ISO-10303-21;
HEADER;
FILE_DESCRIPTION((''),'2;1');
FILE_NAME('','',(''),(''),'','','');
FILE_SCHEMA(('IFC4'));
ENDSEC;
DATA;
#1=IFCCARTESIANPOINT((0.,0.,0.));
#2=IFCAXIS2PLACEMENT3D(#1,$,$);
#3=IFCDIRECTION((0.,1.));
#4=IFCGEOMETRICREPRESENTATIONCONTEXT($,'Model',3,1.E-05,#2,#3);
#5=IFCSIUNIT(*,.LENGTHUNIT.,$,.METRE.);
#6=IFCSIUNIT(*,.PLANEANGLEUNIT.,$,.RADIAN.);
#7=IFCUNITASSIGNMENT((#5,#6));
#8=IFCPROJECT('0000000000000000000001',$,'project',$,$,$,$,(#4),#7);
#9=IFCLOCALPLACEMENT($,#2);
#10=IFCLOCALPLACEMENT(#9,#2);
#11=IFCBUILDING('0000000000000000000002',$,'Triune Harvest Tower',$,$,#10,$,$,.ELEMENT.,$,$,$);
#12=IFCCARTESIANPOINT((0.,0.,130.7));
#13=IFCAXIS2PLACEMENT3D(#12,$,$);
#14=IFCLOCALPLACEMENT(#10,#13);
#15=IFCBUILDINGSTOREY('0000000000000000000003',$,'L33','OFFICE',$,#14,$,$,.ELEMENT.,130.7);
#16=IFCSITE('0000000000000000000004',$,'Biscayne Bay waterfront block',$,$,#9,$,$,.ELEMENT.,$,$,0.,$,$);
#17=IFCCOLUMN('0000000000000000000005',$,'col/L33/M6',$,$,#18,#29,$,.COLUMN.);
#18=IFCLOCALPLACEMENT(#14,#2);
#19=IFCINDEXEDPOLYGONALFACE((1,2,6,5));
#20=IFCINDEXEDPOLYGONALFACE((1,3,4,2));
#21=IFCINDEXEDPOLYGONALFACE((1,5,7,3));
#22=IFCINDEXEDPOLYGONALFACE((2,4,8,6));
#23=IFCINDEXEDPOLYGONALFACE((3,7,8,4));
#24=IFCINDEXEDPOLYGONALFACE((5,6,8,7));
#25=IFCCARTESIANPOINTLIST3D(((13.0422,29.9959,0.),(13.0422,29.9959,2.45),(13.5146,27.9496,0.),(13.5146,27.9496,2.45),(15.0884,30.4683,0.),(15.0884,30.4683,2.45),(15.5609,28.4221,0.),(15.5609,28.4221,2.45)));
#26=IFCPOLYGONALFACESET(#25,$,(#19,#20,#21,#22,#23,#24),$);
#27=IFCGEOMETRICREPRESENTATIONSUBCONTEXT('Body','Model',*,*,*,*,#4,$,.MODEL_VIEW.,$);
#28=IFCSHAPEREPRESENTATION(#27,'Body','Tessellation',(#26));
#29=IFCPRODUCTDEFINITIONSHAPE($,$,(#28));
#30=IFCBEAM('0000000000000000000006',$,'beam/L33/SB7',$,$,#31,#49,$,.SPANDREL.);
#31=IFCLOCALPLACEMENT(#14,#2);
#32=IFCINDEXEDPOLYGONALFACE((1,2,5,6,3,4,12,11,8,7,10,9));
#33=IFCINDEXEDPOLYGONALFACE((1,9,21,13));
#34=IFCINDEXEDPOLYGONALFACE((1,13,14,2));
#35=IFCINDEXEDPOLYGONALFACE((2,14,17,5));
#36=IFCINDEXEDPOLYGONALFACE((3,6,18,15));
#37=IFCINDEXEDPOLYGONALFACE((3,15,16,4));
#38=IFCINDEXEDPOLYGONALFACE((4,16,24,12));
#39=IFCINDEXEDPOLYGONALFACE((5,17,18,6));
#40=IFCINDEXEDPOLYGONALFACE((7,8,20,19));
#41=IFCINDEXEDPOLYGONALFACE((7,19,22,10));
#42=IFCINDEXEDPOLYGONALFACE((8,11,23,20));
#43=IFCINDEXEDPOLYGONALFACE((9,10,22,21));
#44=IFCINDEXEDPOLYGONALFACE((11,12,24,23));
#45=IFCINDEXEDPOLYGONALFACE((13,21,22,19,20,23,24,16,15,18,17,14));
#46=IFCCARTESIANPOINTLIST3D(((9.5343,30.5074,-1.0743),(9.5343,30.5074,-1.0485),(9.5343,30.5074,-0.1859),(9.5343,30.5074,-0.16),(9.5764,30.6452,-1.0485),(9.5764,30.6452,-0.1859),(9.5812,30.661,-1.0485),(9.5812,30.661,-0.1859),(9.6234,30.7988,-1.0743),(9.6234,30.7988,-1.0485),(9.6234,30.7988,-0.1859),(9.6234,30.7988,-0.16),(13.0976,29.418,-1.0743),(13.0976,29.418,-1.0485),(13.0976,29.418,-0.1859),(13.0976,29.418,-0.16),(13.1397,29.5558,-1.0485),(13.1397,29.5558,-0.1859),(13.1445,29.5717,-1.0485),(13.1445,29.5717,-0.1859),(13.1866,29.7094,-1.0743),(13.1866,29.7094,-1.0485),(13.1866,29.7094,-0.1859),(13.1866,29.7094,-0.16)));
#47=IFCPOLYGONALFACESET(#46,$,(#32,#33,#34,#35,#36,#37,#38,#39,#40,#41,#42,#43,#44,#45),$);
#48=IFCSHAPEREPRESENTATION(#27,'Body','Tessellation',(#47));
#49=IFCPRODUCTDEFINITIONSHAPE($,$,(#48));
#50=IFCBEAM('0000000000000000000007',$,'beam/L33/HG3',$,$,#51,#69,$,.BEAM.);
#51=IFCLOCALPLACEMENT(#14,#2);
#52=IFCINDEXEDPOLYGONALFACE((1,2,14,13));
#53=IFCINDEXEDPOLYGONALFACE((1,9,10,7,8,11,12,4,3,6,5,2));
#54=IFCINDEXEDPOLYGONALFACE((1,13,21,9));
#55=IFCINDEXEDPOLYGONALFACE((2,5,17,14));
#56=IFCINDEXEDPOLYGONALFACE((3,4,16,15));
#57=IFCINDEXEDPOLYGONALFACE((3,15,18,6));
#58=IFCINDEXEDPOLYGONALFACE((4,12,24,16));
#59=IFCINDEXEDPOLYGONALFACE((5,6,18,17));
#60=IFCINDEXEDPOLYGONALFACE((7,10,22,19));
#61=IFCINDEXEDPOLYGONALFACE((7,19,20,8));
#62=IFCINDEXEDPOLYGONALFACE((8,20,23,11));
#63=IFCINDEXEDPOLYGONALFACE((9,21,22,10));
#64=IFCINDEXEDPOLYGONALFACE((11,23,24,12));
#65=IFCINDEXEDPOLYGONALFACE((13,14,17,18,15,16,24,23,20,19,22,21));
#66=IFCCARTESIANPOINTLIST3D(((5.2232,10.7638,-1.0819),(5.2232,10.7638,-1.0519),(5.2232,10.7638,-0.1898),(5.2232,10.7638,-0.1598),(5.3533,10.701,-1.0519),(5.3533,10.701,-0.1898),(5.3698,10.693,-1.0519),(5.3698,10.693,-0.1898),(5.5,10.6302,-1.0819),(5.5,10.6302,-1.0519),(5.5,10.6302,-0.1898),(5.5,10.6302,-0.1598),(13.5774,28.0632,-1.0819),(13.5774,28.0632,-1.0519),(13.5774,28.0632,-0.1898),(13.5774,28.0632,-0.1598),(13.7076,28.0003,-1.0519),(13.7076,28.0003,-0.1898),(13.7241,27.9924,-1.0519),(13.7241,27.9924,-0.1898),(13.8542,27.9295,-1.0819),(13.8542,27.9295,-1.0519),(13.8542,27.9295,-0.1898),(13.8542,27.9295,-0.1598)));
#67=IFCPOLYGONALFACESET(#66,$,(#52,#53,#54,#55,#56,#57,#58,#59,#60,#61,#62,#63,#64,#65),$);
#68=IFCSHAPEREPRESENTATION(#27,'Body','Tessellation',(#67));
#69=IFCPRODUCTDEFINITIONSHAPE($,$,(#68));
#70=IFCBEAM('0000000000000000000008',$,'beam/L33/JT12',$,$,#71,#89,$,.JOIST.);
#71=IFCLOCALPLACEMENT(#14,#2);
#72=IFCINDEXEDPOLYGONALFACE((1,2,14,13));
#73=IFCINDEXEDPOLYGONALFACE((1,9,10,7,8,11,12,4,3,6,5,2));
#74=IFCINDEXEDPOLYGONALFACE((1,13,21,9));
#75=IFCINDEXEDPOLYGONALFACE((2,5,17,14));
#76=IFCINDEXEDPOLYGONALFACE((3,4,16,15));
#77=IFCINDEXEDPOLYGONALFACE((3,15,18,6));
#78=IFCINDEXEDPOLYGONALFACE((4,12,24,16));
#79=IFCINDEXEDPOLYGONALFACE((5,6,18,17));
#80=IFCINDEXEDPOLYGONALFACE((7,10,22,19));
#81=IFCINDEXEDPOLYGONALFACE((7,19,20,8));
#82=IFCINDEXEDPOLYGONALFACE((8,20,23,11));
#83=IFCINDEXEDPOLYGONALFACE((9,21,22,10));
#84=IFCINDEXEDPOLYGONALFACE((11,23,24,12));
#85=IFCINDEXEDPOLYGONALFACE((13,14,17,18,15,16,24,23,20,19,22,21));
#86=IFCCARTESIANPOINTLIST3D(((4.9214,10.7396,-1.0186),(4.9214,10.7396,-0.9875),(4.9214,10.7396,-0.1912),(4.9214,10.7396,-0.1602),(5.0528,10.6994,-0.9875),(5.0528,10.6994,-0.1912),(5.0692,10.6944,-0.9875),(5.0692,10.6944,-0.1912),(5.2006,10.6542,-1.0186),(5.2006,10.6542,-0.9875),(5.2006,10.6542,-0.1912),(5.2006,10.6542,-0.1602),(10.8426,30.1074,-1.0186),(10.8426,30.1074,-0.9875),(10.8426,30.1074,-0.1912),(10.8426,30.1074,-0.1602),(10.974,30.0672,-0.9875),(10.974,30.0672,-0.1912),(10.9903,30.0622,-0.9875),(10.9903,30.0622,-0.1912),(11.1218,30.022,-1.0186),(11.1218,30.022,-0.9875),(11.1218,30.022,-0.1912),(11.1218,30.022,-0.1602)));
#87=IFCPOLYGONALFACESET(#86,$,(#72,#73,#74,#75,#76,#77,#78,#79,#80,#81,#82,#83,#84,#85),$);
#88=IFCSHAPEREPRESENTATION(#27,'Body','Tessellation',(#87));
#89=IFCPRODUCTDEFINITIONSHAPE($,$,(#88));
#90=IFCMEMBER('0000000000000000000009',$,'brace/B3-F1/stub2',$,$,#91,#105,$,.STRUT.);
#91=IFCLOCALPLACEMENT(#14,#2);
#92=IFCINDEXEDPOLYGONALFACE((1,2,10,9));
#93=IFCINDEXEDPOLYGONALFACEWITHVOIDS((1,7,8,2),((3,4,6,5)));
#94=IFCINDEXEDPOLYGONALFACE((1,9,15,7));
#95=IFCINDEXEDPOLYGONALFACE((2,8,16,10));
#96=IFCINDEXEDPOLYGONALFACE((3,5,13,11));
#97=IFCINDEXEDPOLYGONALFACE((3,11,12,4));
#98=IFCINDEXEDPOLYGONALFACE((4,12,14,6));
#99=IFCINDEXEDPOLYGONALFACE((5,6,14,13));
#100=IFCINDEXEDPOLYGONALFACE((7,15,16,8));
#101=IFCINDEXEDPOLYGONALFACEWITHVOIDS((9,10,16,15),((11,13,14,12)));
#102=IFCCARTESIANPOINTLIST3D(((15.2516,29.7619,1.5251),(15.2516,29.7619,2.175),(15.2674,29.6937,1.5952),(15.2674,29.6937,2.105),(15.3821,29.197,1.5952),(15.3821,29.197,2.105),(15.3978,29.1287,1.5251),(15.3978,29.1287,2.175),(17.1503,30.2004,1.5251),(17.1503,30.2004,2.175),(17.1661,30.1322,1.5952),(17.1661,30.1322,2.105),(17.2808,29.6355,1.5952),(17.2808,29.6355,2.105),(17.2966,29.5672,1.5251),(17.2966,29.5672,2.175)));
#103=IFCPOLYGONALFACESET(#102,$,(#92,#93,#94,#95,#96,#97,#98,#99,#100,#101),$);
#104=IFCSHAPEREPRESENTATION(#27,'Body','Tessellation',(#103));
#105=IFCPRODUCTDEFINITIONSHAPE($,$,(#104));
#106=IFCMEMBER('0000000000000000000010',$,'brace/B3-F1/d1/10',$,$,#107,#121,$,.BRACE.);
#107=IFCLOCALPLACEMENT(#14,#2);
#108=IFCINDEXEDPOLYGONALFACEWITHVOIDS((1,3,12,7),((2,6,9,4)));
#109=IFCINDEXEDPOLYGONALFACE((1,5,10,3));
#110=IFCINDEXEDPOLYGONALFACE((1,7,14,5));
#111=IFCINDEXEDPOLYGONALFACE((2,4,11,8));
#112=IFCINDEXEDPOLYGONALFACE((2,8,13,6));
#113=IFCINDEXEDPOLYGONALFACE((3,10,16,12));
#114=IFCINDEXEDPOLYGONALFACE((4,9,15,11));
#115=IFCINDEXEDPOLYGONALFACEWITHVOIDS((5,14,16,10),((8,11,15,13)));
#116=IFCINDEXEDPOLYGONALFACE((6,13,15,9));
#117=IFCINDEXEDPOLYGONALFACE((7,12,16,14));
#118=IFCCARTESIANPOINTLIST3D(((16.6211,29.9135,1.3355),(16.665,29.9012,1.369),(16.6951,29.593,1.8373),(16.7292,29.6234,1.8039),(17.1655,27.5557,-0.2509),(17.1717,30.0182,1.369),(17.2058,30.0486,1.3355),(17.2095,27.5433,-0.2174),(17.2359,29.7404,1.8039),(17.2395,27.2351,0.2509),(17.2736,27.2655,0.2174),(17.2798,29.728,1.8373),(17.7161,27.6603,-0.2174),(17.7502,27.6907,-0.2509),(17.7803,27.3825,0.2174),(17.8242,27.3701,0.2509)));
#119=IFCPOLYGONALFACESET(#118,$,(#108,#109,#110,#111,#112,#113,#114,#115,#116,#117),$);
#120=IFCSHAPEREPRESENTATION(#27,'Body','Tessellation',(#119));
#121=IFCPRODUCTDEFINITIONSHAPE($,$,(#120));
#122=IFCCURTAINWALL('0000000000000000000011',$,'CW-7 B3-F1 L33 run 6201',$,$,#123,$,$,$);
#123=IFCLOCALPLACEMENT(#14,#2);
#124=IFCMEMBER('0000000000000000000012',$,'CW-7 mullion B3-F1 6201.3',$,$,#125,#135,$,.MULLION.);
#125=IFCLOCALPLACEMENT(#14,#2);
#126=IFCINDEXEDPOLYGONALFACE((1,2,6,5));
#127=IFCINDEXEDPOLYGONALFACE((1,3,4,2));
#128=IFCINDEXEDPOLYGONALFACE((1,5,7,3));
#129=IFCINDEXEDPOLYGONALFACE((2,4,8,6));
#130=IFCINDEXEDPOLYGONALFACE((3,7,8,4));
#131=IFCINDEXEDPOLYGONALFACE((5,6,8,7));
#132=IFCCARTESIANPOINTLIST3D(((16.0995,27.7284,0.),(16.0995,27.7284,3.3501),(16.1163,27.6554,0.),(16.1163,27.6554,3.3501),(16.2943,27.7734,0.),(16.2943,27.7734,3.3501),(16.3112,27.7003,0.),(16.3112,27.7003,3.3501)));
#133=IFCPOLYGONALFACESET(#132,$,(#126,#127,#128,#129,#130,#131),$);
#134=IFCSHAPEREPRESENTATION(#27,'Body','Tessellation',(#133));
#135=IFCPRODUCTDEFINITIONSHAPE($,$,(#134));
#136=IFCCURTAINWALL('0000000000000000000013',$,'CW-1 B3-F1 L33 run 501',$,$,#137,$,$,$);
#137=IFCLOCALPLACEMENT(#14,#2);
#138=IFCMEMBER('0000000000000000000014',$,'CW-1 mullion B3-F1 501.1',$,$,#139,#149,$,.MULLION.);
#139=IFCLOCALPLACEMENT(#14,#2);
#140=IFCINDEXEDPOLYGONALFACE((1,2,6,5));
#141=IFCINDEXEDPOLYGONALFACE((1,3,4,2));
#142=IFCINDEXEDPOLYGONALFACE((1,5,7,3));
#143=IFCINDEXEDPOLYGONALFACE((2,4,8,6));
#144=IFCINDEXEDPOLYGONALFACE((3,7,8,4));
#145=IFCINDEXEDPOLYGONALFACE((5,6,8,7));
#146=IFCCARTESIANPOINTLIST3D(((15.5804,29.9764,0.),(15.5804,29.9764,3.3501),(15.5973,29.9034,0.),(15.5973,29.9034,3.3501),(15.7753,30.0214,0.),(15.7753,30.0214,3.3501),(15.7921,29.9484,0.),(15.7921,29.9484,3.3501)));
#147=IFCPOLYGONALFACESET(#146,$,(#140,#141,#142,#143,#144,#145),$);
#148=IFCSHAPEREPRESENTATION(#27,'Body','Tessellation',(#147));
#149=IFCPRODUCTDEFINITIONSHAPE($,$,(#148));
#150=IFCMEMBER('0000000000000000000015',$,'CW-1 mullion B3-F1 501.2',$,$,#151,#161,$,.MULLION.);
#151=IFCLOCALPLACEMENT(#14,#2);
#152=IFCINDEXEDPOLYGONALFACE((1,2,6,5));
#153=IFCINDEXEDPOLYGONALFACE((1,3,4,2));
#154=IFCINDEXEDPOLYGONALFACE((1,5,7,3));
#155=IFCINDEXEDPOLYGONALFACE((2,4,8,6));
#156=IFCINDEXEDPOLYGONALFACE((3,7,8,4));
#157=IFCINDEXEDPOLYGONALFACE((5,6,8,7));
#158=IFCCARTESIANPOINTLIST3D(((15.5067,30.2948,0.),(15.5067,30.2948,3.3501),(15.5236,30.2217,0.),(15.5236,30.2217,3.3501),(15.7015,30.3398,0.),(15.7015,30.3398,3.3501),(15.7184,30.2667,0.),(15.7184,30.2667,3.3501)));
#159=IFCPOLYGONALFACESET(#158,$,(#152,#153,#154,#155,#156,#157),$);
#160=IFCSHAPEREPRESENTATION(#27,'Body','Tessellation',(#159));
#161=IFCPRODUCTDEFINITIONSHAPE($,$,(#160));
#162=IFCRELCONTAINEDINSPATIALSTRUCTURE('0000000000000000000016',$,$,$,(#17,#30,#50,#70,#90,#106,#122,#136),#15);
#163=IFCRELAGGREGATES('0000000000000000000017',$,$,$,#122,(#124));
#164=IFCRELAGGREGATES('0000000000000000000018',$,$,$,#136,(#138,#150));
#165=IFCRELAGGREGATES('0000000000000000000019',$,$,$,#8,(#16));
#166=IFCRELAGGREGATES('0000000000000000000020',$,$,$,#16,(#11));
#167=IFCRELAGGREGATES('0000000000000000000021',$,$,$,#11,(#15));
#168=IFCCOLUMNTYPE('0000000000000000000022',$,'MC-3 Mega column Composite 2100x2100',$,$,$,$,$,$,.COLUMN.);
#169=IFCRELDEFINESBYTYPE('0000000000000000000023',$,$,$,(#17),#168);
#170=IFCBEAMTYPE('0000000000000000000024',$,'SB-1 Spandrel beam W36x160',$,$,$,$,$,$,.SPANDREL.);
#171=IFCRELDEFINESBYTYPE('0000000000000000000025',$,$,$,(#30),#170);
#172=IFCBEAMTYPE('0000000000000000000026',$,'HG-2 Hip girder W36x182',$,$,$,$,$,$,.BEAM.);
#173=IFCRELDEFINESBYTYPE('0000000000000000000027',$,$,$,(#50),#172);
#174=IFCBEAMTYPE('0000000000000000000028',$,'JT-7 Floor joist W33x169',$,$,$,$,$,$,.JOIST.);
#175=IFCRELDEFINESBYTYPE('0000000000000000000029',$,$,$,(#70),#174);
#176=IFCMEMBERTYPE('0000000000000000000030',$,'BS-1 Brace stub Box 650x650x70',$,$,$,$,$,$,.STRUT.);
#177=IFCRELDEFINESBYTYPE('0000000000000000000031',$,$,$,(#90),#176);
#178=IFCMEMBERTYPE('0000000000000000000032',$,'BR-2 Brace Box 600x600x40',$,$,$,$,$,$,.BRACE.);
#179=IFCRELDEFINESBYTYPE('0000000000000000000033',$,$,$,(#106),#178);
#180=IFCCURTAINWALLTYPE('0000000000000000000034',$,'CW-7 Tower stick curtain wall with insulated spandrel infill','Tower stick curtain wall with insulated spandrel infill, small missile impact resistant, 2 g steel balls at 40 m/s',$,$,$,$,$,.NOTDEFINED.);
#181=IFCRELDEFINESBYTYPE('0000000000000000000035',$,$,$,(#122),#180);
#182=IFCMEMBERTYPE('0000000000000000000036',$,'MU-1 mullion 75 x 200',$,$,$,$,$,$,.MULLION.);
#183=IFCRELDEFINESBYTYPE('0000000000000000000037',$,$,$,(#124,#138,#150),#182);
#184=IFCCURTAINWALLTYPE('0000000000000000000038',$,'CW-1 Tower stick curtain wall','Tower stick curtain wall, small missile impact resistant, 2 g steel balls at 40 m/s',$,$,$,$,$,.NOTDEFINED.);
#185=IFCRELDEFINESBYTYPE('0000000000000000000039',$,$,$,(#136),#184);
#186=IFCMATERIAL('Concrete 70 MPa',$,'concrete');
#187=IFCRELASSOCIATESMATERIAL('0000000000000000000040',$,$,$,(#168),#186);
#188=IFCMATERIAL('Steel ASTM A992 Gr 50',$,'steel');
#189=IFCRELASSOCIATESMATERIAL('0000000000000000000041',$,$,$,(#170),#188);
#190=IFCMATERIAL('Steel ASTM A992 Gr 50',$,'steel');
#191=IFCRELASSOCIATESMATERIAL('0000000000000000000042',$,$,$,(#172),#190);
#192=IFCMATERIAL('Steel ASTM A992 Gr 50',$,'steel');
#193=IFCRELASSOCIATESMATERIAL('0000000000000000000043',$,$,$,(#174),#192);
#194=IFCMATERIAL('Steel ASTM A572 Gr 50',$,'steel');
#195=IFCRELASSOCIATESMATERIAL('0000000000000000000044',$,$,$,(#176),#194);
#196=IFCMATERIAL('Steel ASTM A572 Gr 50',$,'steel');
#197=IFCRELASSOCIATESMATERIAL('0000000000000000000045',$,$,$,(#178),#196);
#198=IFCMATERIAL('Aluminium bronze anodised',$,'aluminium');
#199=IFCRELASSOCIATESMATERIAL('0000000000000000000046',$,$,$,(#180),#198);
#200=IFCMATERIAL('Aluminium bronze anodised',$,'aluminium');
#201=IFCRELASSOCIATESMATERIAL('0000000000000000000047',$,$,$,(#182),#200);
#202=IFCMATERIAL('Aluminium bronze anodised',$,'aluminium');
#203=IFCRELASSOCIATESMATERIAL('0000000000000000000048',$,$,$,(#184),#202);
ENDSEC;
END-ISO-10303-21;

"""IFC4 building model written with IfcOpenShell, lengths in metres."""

from ifc_helpers import new_model, si_unit, direction, frame, origin, origin_2d, place, context, subcontext, project, spatial, rectangle, hollow_rectangle, i_section, extrude, source, transform, mapped, material, material_profile, profile_set, type_object, element, aggregate, save


model = new_model("IFC4")

# Units and contexts
model_context = context("Model", 3, precision=1e-05, world=origin(), true_north=direction((0.0, 1.0)))
body_context = subcontext(model_context, "Body", "Model", "MODEL_VIEW")
ifc_project = project(units=[si_unit("LENGTHUNIT", "METRE"), si_unit("PLANEANGLEUNIT", "RADIAN")], contexts=[model_context])

# Site, building, storey
site_placement = place(None, origin())
site = spatial("IfcSite", under=ifc_project, at=site_placement, Name="Biscayne Bay waterfront block", CompositionType="ELEMENT", RefElevation=0.0)
building_placement = place(site_placement, origin())
building = spatial("IfcBuilding", under=site, at=building_placement, Name="Triune Harvest Tower", CompositionType="ELEMENT")
storey_placement = place(building_placement, frame((0.0, 0.0, 130.7)))
storey = spatial("IfcBuildingStorey", under=building, at=storey_placement, Name="L33", Description="OFFICE", CompositionType="ELEMENT", Elevation=130.7)

# Column
ifc_material_1 = material(Name="Concrete 70 MPa", Category="concrete")
ifc_material_profile_1 = material_profile(ifc_material_1, rectangle(XDim=2.1001, YDim=2.1001, at=origin_2d()), Name="Composite 2100x2100")
ifc_profile_set_1 = profile_set([ifc_material_profile_1], Name="Concrete 70 MPa")
column_type = type_object("IfcColumnType", Name="MC-3 Mega column Composite 2100x2100", PredefinedType="COLUMN", material=ifc_profile_set_1)
shared_shape_1 = source(origin(), body_context, "Body", "SweptSolid", [
    extrude(rectangle(XDim=2.1001, YDim=2.1001, at=origin_2d()), origin(), (0.0, 0.0, 1.0), 2.45),
])
column_placement = place(storey_placement, frame((14.3015, 29.209, 0.0), z_axis=(0.0, 0.0, 1.0), x_axis=(-0.224953, 0.97437, 0.0)))
element("IfcColumn", 1, at=column_placement, inside=storey, type_object=column_type, Name="col/L33/M6", PredefinedType="COLUMN", context=body_context, shape_type="MappedRepresentation", body=[
    mapped(shared_shape_1, transform((0.0, 0.0, 0.0), scale=1.0)),
])

# Beams
ifc_material_2 = material(Name="Steel ASTM A992 Gr 50", Category="steel")
ifc_material_profile_2 = material_profile(ifc_material_2, i_section(OverallWidth=0.3047, OverallDepth=0.9143, WebThickness=0.0166, FlangeThickness=0.0259, at=origin_2d()), Name="W36x160")
ifc_profile_set_2 = profile_set([ifc_material_profile_2], Name="Steel ASTM A992 Gr 50")
beam_type_1 = type_object("IfcBeamType", Name="SB-1 Spandrel beam W36x160", PredefinedType="SPANDREL", material=ifc_profile_set_2)
shared_shape_2 = source(origin(), body_context, "Body", "SweptSolid", [
    extrude(i_section(OverallWidth=0.3047, OverallDepth=0.9143, WebThickness=0.0166, FlangeThickness=0.0259, at=origin_2d()), origin(), (0.0, 0.0, 1.0), 3.7261),
])
beam_1_placement = place(storey_placement, frame((13.1421, 29.5637, -0.6172), z_axis=(-0.956307, 0.292363, 0.0), x_axis=(-0.292363, -0.956307, 0.0)))
element("IfcBeam", 2, at=beam_1_placement, inside=storey, type_object=beam_type_1, Name="beam/L33/SB7", PredefinedType="SPANDREL", context=body_context, shape_type="MappedRepresentation", body=[
    mapped(shared_shape_2, transform((0.0, 0.0, 0.0), scale=1.0)),
])
ifc_material_3 = material(Name="Steel ASTM A992 Gr 50", Category="steel")
ifc_material_profile_3 = material_profile(ifc_material_3, i_section(OverallWidth=0.3074, OverallDepth=0.9221, WebThickness=0.0183, FlangeThickness=0.03, at=origin_2d()), Name="W36x182")
ifc_profile_set_3 = profile_set([ifc_material_profile_3], Name="Steel ASTM A992 Gr 50")
beam_type_2 = type_object("IfcBeamType", Name="HG-2 Hip girder W36x182", PredefinedType="BEAM", material=ifc_profile_set_3)
shared_shape_3 = source(origin(), body_context, "Body", "SweptSolid", [
    extrude(i_section(OverallWidth=0.3074, OverallDepth=0.9221, WebThickness=0.0183, FlangeThickness=0.03, at=origin_2d()), origin(), (0.0, 0.0, 1.0), 19.2109),
])
beam_2_placement = place(storey_placement, frame((13.7158, 27.9963, -0.6208), z_axis=(-0.43487, -0.900493, 0.0), x_axis=(0.900493, -0.43487, 0.0)))
element("IfcBeam", 3, at=beam_2_placement, inside=storey, type_object=beam_type_2, Name="beam/L33/HG3", PredefinedType="BEAM", context=body_context, shape_type="MappedRepresentation", body=[
    mapped(shared_shape_3, transform((0.0, 0.0, 0.0), scale=1.0)),
])
ifc_material_4 = material(Name="Steel ASTM A992 Gr 50", Category="steel")
ifc_material_profile_4 = material_profile(ifc_material_4, i_section(OverallWidth=0.292, OverallDepth=0.8584, WebThickness=0.0171, FlangeThickness=0.031, at=origin_2d()), Name="W33x169")
ifc_profile_set_4 = profile_set([ifc_material_profile_4], Name="Steel ASTM A992 Gr 50")
beam_type_3 = type_object("IfcBeamType", Name="JT-7 Floor joist W33x169", PredefinedType="JOIST", material=ifc_profile_set_4)
shared_shape_4 = source(origin(), body_context, "Body", "SweptSolid", [
    extrude(i_section(OverallWidth=0.292, OverallDepth=0.8584, WebThickness=0.0171, FlangeThickness=0.031, at=origin_2d()), origin(), (0.0, 0.0, 1.0), 20.2527),
])
beam_3_placement = place(storey_placement, frame((10.9822, 30.0647, -0.5894), z_axis=(-0.292365, -0.956307, 0.0), x_axis=(0.956307, -0.292365, 0.0)))
element("IfcBeam", 4, at=beam_3_placement, inside=storey, type_object=beam_type_3, Name="beam/L33/JT12", PredefinedType="JOIST", context=body_context, shape_type="MappedRepresentation", body=[
    mapped(shared_shape_4, transform((0.0, 0.0, 0.0), scale=1.0)),
])

# Members
ifc_material_5 = material(Name="Steel ASTM A572 Gr 50", Category="steel")
ifc_material_profile_5 = material_profile(ifc_material_5, hollow_rectangle(XDim=0.6499, YDim=0.6499, WallThickness=0.0701, at=origin_2d()), Name="Box 650x650x70")
ifc_profile_set_5 = profile_set([ifc_material_profile_5], Name="Steel ASTM A572 Gr 50")
member_type_1 = type_object("IfcMemberType", Name="BS-1 Brace stub Box 650x650x70", PredefinedType="STRUT", material=ifc_profile_set_5)
shared_shape_5 = source(origin(), body_context, "Body", "SweptSolid", [
    extrude(hollow_rectangle(XDim=0.6499, YDim=0.6499, WallThickness=0.0701, at=origin_2d()), origin(), (0.0, 0.0, 1.0), 1.9487),
])
member_1_placement = place(storey_placement, frame((15.3247, 29.4453, 1.8501), z_axis=(0.974355, 0.225015, 0.0), x_axis=(-0.225015, 0.974355, 0.0)))
element("IfcMember", 5, at=member_1_placement, inside=storey, type_object=member_type_1, Name="brace/B3-F1/stub2", PredefinedType="STRUT", context=body_context, shape_type="MappedRepresentation", body=[
    mapped(shared_shape_5, transform((0.0, 0.0, 0.0), scale=1.0)),
])
ifc_material_6 = material(Name="Steel ASTM A572 Gr 50", Category="steel")
ifc_material_profile_6 = material_profile(ifc_material_6, hollow_rectangle(XDim=0.6001, YDim=0.6001, WallThickness=0.04, at=origin_2d()), Name="Box 600x600x40")
ifc_profile_set_6 = profile_set([ifc_material_profile_6], Name="Steel ASTM A572 Gr 50")
member_type_2 = type_object("IfcMemberType", Name="BR-2 Brace Box 600x600x40", PredefinedType="BRACE", material=ifc_profile_set_6)
shared_shape_6 = source(origin(), body_context, "Body", "SweptSolid", [
    extrude(hollow_rectangle(XDim=0.6001, YDim=0.6001, WallThickness=0.04, at=origin_2d()), origin(), (0.0, 0.0, 1.0), 2.8936),
])
member_2_placement = place(storey_placement, frame((17.4949, 27.4629, 0.0), z_axis=(-0.188151, 0.814872, 0.548254), x_axis=(-0.974364, -0.224977, 0.0)))
element("IfcMember", 6, at=member_2_placement, inside=storey, type_object=member_type_2, Name="brace/B3-F1/d1/10", PredefinedType="BRACE", context=body_context, shape_type="MappedRepresentation", body=[
    mapped(shared_shape_6, transform((0.0, 0.0, 0.0), scale=1.0)),
])

# Curtain wall, member
ifc_material_7 = material(Name="Aluminium bronze anodised", Category="aluminium")
curtain_wall_type_1 = type_object("IfcCurtainWallType", Name="CW-7 Tower stick curtain wall with insulated spandrel infill", Description="Tower stick curtain wall with insulated spandrel infill, small missile impact resistant, 2 g steel balls at 40 m/s", PredefinedType="NOTDEFINED", material=ifc_material_7)
curtain_wall_1_placement = place(storey_placement, origin())
curtain_wall_1 = element("IfcCurtainWall", 7, at=curtain_wall_1_placement, inside=storey, type_object=curtain_wall_type_1, Name="CW-7 B3-F1 L33 run 6201")
ifc_material_8 = material(Name="Aluminium bronze anodised", Category="aluminium")
ifc_material_profile_7 = material_profile(ifc_material_8, rectangle(XDim=0.2, YDim=0.075, at=origin_2d()), Name="MU-1 mullion 75 x 200")
ifc_profile_set_7 = profile_set([ifc_material_profile_7], Name="Aluminium bronze anodised")
member_type_3 = type_object("IfcMemberType", Name="MU-1 mullion 75 x 200", PredefinedType="MULLION", material=ifc_profile_set_7)
shared_shape_7 = source(origin(), body_context, "Body", "SweptSolid", [
    extrude(rectangle(XDim=0.2, YDim=0.075, at=origin_2d()), origin(), (0.0, 0.0, 1.0), 3.3501),
])
member_3_placement = place(storey_placement, frame((16.2053, 27.7144, 0.0), z_axis=(0.0, 0.0, 1.0), x_axis=(-0.974371, -0.224949, 0.0)))
member_3 = element("IfcMember", 8, at=member_3_placement, type_object=member_type_3, Name="CW-7 mullion B3-F1 6201.3", PredefinedType="MULLION", context=body_context, shape_type="MappedRepresentation", body=[
    mapped(shared_shape_7, transform((0.0, 0.0, 0.0), scale=1.0)),
])

# Curtain wall, members
ifc_material_9 = material(Name="Aluminium bronze anodised", Category="aluminium")
curtain_wall_type_2 = type_object("IfcCurtainWallType", Name="CW-1 Tower stick curtain wall", Description="Tower stick curtain wall, small missile impact resistant, 2 g steel balls at 40 m/s", PredefinedType="NOTDEFINED", material=ifc_material_9)
curtain_wall_2_placement = place(storey_placement, origin())
curtain_wall_2 = element("IfcCurtainWall", 9, at=curtain_wall_2_placement, inside=storey, type_object=curtain_wall_type_2, Name="CW-1 B3-F1 L33 run 501")
member_4_placement = place(storey_placement, frame((15.6863, 29.9624, 0.0), z_axis=(0.0, 0.0, 1.0), x_axis=(-0.974349, -0.225041, 0.0)))
member_4 = element("IfcMember", 10, at=member_4_placement, type_object=member_type_3, Name="CW-1 mullion B3-F1 501.1", PredefinedType="MULLION", context=body_context, shape_type="MappedRepresentation", body=[
    mapped(shared_shape_7, transform((0.0, 0.0, 0.0), scale=1.0)),
])
member_5_placement = place(storey_placement, frame((15.6125, 30.2808, 0.0), z_axis=(0.0, 0.0, 1.0), x_axis=(-0.974349, -0.225041, 0.0)))
member_5 = element("IfcMember", 11, at=member_5_placement, type_object=member_type_3, Name="CW-1 mullion B3-F1 501.2", PredefinedType="MULLION", context=body_context, shape_type="MappedRepresentation", body=[
    mapped(shared_shape_7, transform((0.0, 0.0, 0.0), scale=1.0)),
])

aggregate(curtain_wall_1, [member_3])
aggregate(curtain_wall_2, [member_4, member_5])

save(model, "model.ifc")
